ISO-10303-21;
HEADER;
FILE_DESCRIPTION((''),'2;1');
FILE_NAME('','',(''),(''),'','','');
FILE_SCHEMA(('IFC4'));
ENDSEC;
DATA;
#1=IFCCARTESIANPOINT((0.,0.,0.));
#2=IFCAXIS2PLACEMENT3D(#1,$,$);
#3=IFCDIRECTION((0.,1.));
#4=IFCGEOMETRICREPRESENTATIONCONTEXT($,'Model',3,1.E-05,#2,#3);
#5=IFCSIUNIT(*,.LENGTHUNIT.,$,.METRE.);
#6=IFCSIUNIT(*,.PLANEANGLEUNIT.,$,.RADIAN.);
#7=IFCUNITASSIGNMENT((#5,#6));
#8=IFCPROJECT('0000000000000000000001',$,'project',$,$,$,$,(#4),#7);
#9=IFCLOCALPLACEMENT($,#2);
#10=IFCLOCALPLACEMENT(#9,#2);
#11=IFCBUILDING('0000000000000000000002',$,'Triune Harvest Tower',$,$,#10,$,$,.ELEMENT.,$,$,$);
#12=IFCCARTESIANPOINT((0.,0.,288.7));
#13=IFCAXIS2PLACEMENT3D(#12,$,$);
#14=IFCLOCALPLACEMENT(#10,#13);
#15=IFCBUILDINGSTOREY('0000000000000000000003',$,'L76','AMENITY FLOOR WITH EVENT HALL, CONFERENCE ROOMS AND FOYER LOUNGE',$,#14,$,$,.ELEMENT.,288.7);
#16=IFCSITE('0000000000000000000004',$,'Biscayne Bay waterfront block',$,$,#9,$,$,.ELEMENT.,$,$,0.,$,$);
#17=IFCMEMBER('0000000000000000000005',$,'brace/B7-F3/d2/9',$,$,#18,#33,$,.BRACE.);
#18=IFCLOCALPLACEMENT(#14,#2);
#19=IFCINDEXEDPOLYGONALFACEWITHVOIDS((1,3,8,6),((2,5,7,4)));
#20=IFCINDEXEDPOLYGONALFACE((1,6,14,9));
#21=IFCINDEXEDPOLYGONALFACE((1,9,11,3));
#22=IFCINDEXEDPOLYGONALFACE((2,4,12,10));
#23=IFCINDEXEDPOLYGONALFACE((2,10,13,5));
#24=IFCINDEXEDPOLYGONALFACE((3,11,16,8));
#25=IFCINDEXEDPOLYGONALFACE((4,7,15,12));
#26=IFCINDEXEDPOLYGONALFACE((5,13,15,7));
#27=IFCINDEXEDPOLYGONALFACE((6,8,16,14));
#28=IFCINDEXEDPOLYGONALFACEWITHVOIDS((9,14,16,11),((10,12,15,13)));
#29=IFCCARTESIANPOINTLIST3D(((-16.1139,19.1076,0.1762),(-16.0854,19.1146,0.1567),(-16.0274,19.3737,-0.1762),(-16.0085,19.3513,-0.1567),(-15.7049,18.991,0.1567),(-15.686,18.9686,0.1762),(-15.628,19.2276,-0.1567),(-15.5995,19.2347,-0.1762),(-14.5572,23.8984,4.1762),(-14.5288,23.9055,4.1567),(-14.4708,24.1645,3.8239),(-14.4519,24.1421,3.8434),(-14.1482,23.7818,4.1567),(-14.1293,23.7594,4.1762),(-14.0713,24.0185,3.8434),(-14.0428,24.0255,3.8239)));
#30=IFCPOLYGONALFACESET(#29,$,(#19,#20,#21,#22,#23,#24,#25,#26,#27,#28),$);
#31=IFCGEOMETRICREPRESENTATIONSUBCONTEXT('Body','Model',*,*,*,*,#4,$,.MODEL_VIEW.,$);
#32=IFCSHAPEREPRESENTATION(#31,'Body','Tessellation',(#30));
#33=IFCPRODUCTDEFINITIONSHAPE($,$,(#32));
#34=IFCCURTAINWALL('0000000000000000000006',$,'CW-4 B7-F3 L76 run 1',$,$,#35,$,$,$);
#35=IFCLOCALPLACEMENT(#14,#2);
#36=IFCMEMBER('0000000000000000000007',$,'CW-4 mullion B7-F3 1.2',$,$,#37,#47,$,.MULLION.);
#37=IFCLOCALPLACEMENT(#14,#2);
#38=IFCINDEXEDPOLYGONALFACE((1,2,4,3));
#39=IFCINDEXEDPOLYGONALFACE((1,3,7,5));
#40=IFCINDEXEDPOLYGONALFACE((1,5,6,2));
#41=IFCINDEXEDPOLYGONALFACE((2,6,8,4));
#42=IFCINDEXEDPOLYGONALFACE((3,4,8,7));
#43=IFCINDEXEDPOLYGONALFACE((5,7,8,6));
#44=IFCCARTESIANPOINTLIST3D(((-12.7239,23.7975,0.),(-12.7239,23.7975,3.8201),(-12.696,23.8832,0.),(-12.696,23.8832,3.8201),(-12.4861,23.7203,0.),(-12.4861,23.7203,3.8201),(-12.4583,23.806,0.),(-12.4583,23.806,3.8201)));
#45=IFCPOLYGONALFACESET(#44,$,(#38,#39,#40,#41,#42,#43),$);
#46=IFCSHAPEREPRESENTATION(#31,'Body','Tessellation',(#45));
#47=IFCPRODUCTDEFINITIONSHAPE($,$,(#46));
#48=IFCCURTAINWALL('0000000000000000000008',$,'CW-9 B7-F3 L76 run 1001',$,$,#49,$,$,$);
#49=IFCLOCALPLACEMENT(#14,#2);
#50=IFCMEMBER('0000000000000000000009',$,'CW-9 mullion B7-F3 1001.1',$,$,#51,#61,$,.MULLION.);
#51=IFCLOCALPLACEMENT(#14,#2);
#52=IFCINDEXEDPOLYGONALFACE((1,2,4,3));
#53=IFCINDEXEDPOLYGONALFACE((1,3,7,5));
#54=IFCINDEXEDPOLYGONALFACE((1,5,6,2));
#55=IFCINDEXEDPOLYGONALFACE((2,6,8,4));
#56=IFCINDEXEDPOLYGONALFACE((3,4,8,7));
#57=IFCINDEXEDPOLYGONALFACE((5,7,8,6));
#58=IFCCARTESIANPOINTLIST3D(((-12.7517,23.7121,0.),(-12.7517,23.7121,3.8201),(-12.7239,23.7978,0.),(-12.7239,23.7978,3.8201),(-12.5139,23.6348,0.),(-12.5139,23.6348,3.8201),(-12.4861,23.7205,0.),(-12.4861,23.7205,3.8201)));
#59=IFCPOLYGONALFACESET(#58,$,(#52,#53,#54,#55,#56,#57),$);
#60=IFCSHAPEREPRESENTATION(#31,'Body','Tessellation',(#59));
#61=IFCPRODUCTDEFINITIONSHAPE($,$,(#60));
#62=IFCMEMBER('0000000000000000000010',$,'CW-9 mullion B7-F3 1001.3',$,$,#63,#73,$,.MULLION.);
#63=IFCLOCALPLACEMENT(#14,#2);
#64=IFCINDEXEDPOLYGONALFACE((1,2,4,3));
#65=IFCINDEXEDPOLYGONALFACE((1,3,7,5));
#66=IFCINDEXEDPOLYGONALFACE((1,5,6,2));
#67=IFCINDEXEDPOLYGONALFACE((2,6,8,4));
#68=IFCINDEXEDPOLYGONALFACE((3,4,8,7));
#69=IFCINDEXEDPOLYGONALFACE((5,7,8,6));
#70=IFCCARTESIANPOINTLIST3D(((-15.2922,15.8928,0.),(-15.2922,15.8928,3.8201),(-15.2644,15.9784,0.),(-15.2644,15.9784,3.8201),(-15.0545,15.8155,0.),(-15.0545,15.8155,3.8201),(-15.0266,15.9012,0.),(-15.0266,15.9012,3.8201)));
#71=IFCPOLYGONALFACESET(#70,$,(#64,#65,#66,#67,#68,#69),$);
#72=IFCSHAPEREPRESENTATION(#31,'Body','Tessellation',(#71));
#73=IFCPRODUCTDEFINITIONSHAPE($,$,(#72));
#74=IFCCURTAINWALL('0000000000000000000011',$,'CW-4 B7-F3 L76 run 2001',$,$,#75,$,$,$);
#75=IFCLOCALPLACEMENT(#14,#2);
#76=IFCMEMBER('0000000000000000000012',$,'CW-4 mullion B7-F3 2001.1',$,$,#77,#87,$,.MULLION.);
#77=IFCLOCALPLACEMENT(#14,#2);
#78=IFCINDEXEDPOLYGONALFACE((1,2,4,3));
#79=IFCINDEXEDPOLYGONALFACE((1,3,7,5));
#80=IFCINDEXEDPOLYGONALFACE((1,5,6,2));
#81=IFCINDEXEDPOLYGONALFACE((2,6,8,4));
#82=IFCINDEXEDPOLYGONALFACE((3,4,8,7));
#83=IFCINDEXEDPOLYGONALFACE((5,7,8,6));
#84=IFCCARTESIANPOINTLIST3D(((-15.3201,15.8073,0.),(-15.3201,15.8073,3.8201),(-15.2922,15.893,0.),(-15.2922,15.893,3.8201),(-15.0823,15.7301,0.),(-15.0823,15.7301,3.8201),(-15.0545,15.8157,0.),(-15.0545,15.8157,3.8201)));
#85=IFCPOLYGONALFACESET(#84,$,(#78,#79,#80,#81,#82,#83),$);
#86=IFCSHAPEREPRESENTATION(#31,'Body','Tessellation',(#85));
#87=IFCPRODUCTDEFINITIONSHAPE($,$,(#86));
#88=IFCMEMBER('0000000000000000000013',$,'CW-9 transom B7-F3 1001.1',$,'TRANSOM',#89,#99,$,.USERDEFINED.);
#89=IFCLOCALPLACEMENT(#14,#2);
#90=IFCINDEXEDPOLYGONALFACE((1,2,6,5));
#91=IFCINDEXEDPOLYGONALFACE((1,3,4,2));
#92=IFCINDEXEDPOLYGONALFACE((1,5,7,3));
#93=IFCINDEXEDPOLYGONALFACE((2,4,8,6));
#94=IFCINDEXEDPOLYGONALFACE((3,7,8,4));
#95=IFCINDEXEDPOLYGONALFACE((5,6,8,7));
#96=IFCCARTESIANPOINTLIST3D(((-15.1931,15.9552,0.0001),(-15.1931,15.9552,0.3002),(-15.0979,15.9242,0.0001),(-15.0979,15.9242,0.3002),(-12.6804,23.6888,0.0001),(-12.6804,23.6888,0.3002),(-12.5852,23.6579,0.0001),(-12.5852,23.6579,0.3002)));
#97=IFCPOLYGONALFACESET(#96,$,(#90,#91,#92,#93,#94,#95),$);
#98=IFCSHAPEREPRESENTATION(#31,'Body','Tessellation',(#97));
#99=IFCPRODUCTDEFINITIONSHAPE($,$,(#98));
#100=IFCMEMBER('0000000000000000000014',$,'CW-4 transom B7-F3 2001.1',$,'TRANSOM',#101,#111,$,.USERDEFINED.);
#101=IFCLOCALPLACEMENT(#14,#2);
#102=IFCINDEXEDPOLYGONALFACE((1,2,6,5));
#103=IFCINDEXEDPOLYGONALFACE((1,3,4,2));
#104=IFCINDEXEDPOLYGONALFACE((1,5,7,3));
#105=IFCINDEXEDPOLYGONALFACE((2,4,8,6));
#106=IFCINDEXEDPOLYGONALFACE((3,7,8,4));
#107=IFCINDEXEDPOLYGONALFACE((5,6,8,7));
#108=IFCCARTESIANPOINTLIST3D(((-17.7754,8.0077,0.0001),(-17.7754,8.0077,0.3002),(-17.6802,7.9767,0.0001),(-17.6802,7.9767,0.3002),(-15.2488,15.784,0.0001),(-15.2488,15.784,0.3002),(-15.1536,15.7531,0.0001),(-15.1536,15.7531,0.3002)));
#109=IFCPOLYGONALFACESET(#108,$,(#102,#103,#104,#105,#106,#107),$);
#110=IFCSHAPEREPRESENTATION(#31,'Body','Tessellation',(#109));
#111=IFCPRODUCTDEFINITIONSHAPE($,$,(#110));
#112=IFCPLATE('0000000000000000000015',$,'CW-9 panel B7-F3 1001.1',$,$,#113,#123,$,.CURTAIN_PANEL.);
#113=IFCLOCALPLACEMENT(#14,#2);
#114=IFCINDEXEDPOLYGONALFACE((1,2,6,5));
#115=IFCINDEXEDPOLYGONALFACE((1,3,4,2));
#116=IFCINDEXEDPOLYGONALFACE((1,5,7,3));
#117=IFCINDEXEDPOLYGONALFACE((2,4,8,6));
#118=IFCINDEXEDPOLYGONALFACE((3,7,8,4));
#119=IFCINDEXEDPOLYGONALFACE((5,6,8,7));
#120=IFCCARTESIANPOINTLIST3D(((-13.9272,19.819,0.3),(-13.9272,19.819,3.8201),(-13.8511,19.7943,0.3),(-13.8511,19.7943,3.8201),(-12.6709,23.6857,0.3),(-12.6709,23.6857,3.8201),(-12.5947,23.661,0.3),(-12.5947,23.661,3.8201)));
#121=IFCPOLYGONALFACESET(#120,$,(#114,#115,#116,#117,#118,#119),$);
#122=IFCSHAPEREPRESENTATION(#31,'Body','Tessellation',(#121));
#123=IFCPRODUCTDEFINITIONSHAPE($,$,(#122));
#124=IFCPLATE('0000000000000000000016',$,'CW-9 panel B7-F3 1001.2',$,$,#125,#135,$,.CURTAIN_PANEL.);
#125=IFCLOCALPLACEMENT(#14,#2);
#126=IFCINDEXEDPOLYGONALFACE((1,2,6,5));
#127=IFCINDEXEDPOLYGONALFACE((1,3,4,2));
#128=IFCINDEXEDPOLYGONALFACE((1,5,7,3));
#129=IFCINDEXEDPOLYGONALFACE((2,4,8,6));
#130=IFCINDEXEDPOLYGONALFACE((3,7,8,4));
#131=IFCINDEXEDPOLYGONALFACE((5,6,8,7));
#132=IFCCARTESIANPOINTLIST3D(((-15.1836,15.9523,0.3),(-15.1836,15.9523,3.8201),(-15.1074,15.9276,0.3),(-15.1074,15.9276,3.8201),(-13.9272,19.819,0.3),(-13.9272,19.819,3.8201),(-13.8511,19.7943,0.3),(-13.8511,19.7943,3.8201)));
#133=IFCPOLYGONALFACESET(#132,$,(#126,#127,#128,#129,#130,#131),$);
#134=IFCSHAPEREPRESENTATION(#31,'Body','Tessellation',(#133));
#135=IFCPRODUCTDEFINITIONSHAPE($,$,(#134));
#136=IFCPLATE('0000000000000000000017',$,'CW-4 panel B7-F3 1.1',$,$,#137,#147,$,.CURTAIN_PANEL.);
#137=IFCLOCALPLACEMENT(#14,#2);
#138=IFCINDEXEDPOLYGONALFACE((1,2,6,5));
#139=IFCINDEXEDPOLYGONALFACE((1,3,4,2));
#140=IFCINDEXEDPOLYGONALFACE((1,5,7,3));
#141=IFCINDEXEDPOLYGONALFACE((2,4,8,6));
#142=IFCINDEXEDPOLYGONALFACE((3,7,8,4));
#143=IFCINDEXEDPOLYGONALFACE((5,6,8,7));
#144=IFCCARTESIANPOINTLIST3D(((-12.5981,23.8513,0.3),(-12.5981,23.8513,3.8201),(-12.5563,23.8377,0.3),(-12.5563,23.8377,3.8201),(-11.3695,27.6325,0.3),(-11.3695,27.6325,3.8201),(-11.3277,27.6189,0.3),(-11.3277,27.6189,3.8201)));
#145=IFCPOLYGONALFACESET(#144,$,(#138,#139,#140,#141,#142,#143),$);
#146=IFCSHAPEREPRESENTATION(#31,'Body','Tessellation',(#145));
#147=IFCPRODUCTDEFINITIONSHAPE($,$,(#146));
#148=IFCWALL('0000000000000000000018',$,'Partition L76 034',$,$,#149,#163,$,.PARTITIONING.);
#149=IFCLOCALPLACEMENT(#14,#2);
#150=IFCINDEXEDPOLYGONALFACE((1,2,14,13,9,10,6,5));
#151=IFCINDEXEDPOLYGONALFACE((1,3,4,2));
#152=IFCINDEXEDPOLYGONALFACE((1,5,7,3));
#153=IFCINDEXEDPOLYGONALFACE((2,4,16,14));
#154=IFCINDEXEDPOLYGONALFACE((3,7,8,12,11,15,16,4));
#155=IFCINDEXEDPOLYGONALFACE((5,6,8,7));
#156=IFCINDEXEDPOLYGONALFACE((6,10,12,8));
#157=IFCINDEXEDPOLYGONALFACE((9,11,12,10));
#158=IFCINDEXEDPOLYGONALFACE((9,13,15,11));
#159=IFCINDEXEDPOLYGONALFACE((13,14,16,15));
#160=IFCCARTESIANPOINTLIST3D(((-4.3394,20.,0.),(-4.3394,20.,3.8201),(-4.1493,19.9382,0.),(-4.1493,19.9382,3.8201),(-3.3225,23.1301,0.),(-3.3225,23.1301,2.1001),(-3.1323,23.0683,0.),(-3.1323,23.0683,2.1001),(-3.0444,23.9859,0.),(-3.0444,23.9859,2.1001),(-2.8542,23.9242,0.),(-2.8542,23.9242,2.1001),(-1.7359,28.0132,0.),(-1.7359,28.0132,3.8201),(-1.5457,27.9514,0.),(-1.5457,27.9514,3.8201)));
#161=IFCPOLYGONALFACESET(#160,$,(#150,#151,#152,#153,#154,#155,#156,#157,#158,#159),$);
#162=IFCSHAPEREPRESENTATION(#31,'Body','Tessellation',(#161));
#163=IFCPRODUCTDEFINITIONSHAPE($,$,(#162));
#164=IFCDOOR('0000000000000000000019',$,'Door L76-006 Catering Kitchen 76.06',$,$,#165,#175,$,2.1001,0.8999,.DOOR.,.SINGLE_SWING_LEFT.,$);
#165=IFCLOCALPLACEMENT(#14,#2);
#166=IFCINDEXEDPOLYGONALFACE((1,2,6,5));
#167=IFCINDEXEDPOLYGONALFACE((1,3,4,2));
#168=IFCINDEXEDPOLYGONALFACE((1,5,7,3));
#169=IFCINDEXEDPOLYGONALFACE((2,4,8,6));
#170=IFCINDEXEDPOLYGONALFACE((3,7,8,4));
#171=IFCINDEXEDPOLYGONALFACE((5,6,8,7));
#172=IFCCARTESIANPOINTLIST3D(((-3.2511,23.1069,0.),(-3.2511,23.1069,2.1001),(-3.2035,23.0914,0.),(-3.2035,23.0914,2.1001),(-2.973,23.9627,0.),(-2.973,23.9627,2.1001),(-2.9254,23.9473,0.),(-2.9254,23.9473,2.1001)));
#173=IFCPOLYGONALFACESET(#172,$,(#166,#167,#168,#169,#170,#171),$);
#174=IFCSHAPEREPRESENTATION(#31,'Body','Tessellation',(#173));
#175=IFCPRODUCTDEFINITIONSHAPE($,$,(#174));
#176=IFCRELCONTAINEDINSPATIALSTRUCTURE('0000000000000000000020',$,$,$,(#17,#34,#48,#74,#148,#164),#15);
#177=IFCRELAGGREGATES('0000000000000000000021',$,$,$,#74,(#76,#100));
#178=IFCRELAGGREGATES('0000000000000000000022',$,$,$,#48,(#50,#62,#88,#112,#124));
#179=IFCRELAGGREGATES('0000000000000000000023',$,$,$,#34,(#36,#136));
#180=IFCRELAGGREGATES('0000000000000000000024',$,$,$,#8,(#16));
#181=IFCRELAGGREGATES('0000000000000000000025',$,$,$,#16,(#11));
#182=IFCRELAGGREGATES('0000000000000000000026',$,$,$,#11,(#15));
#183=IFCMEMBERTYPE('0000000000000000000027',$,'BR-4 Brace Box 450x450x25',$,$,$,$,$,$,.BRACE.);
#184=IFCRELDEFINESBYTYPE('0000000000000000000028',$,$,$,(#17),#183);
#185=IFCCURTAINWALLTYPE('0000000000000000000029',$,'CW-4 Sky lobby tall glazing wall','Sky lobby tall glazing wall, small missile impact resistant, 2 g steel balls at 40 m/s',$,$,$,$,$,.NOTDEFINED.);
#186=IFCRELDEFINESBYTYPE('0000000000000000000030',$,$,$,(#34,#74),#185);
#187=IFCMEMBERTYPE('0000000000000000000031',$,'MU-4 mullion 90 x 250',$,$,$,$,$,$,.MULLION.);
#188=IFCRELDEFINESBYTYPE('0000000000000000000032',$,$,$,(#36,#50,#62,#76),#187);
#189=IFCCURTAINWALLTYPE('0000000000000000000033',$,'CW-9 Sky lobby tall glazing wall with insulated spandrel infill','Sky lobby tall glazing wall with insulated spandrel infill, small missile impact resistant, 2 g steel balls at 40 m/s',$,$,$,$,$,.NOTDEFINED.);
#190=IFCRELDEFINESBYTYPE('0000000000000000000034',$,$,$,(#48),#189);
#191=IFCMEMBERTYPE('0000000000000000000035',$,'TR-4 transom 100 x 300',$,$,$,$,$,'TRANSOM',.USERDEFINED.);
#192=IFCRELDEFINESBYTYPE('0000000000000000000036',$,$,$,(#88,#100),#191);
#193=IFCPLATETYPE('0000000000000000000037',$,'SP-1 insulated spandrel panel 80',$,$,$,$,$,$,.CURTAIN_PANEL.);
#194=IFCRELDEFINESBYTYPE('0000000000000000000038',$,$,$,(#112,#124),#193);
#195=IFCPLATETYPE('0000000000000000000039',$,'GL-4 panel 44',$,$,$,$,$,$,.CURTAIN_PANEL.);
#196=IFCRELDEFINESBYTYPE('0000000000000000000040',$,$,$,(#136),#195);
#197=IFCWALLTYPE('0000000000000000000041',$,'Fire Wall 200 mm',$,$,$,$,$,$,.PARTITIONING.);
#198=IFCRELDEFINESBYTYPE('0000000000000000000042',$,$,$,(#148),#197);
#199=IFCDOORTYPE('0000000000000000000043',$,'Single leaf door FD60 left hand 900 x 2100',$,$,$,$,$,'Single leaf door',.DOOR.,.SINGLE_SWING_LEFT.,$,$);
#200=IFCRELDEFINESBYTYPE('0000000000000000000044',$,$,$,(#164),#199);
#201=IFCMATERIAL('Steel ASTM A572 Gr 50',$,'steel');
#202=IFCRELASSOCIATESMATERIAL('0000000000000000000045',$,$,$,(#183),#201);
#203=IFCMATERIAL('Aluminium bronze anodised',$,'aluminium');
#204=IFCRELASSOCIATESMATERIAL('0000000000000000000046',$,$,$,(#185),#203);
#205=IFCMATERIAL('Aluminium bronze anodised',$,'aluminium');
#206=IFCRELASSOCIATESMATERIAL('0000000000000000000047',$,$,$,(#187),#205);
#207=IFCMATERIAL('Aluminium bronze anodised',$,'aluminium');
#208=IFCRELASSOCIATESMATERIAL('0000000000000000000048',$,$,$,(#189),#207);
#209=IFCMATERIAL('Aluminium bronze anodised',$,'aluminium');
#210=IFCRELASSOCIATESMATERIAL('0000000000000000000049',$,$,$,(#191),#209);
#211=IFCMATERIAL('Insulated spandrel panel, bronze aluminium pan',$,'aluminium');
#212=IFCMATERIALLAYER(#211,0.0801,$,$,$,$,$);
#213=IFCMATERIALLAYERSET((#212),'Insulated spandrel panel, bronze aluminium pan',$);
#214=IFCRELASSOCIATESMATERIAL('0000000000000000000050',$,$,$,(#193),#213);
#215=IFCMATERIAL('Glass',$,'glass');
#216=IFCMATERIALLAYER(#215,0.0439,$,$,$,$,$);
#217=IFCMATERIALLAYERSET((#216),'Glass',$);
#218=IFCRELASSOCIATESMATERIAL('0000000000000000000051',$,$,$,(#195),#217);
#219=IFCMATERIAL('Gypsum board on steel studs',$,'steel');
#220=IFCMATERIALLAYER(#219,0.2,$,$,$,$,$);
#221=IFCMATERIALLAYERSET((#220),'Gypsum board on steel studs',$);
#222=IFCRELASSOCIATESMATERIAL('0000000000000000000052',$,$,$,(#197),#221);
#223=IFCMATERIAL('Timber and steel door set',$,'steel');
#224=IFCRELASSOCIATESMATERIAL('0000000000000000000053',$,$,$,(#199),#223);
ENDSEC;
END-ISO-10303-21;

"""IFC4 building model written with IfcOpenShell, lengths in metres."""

from ifc_helpers import new_model, si_unit, direction, frame, frame_2d, origin, origin_2d, place, context, subcontext, project, spatial, rectangle, hollow_rectangle, extrude, source, transform, mapped, material, layer, layer_set, material_profile, profile_set, type_object, element, fill, aggregate, save


model = new_model("IFC4")

# Units and contexts
model_context = context("Model", 3, precision=1e-05, world=origin(), true_north=direction((0.0, 1.0)))
body_context = subcontext(model_context, "Body", "Model", "MODEL_VIEW")
ifc_project = project(units=[si_unit("LENGTHUNIT", "METRE"), si_unit("PLANEANGLEUNIT", "RADIAN")], contexts=[model_context])

# Site, building, storey
site_placement = place(None, origin())
site = spatial("IfcSite", under=ifc_project, at=site_placement, Name="Biscayne Bay waterfront block", CompositionType="ELEMENT", RefElevation=0.0)
building_placement = place(site_placement, origin())
building = spatial("IfcBuilding", under=site, at=building_placement, Name="Triune Harvest Tower", CompositionType="ELEMENT")
storey_placement = place(building_placement, frame((0.0, 0.0, 288.7)))
storey = spatial("IfcBuildingStorey", under=building, at=storey_placement, Name="L76", Description="AMENITY FLOOR WITH EVENT HALL, CONFERENCE ROOMS AND FOYER LOUNGE", CompositionType="ELEMENT", Elevation=288.7)

# Member
ifc_material_1 = material(Name="Steel ASTM A572 Gr 50", Category="steel")
ifc_material_profile_1 = material_profile(ifc_material_1, hollow_rectangle(XDim=0.45, YDim=0.45, WallThickness=0.0249, at=origin_2d()), Name="Box 450x450x25")
ifc_profile_set_1 = profile_set([ifc_material_profile_1], Name="Steel ASTM A572 Gr 50")
member_type_1 = type_object("IfcMemberType", Name="BR-4 Brace Box 450x450x25", PredefinedType="BRACE", material=ifc_profile_set_1)
shared_shape_1 = source(origin(), body_context, "Body", "SweptSolid", [
    extrude(hollow_rectangle(XDim=0.45, YDim=0.45, WallThickness=0.0249, at=origin_2d()), origin(), (0.0, 0.0, 1.0), 6.4324),
])
member_1_placement = place(storey_placement, frame((-15.8567, 19.1711, 0.0), z_axis=(0.242003, 0.744798, 0.621861), x_axis=(-0.951055, 0.309021, 0.0)))
element("IfcMember", 1, at=member_1_placement, inside=storey, type_object=member_type_1, Name="brace/B7-F3/d2/9", PredefinedType="BRACE", context=body_context, shape_type="MappedRepresentation", body=[
    mapped(shared_shape_1, transform((0.0, 0.0, 0.0), scale=1.0)),
])

# Curtain wall, member
ifc_material_2 = material(Name="Aluminium bronze anodised", Category="aluminium")
curtain_wall_type_1 = type_object("IfcCurtainWallType", Name="CW-4 Sky lobby tall glazing wall", Description="Sky lobby tall glazing wall, small missile impact resistant, 2 g steel balls at 40 m/s", PredefinedType="NOTDEFINED", material=ifc_material_2)
curtain_wall_1_placement = place(storey_placement, origin())
curtain_wall_1 = element("IfcCurtainWall", 2, at=curtain_wall_1_placement, inside=storey, type_object=curtain_wall_type_1, Name="CW-4 B7-F3 L76 run 1")
ifc_material_3 = material(Name="Aluminium bronze anodised", Category="aluminium")
ifc_material_profile_2 = material_profile(ifc_material_3, rectangle(XDim=0.25, YDim=0.0901, at=origin_2d()), Name="MU-4 mullion 90 x 250")
ifc_profile_set_2 = profile_set([ifc_material_profile_2], Name="Aluminium bronze anodised")
member_type_2 = type_object("IfcMemberType", Name="MU-4 mullion 90 x 250", PredefinedType="MULLION", material=ifc_profile_set_2)
shared_shape_2 = source(origin(), body_context, "Body", "SweptSolid", [
    extrude(rectangle(XDim=0.25, YDim=0.0901, at=origin_2d()), origin(), (0.0, 0.0, 1.0), 3.8201),
])
member_2_placement = place(storey_placement, frame((-12.5911, 23.8018, 0.0), z_axis=(0.0, 0.0, 1.0), x_axis=(0.951058, -0.309011, 0.0)))
member_2 = element("IfcMember", 3, at=member_2_placement, type_object=member_type_2, Name="CW-4 mullion B7-F3 1.2", PredefinedType="MULLION", context=body_context, shape_type="MappedRepresentation", body=[
    mapped(shared_shape_2, transform((0.0, 0.0, 0.0), scale=1.0)),
])

# Curtain wall, members
ifc_material_4 = material(Name="Aluminium bronze anodised", Category="aluminium")
curtain_wall_type_2 = type_object("IfcCurtainWallType", Name="CW-9 Sky lobby tall glazing wall with insulated spandrel infill", Description="Sky lobby tall glazing wall with insulated spandrel infill, small missile impact resistant, 2 g steel balls at 40 m/s", PredefinedType="NOTDEFINED", material=ifc_material_4)
curtain_wall_2_placement = place(storey_placement, origin())
curtain_wall_2 = element("IfcCurtainWall", 4, at=curtain_wall_2_placement, inside=storey, type_object=curtain_wall_type_2, Name="CW-9 B7-F3 L76 run 1001")
member_3_placement = place(storey_placement, frame((-12.6189, 23.7163, 0.0), z_axis=(0.0, 0.0, 1.0), x_axis=(0.951057, -0.309014, 0.0)))
member_3 = element("IfcMember", 5, at=member_3_placement, type_object=member_type_2, Name="CW-9 mullion B7-F3 1001.1", PredefinedType="MULLION", context=body_context, shape_type="MappedRepresentation", body=[
    mapped(shared_shape_2, transform((0.0, 0.0, 0.0), scale=1.0)),
])
member_4_placement = place(storey_placement, frame((-15.1594, 15.897, 0.0), z_axis=(0.0, 0.0, 1.0), x_axis=(0.951057, -0.309014, 0.0)))
member_4 = element("IfcMember", 6, at=member_4_placement, type_object=member_type_2, Name="CW-9 mullion B7-F3 1001.3", PredefinedType="MULLION", context=body_context, shape_type="MappedRepresentation", body=[
    mapped(shared_shape_2, transform((0.0, 0.0, 0.0), scale=1.0)),
])

# Curtain wall, member
curtain_wall_3_placement = place(storey_placement, origin())
curtain_wall_3 = element("IfcCurtainWall", 7, at=curtain_wall_3_placement, inside=storey, type_object=curtain_wall_type_1, Name="CW-4 B7-F3 L76 run 2001")
member_5_placement = place(storey_placement, frame((-15.1873, 15.8115, 0.0), z_axis=(0.0, 0.0, 1.0), x_axis=(0.951056, -0.30902, 0.0)))
member_5 = element("IfcMember", 8, at=member_5_placement, type_object=member_type_2, Name="CW-4 mullion B7-F3 2001.1", PredefinedType="MULLION", context=body_context, shape_type="MappedRepresentation", body=[
    mapped(shared_shape_2, transform((0.0, 0.0, 0.0), scale=1.0)),
])

# Members
ifc_material_5 = material(Name="Aluminium bronze anodised", Category="aluminium")
ifc_material_profile_3 = material_profile(ifc_material_5, rectangle(XDim=0.1001, YDim=0.3, at=origin_2d()), Name="TR-4 transom 100 x 300")
ifc_profile_set_3 = profile_set([ifc_material_profile_3], Name="Aluminium bronze anodised")
member_type_3 = type_object("IfcMemberType", Name="TR-4 transom 100 x 300", ElementType="TRANSOM", PredefinedType="USERDEFINED", material=ifc_profile_set_3)
shared_shape_3 = source(origin(), body_context, "Body", "SweptSolid", [
    extrude(rectangle(XDim=0.1001, YDim=0.3, at=origin_2d()), origin(), (0.0, 0.0, 1.0), 8.1316),
])
member_6_placement = place(storey_placement, frame((-12.6328, 23.6733, 0.1501), z_axis=(-0.309004, -0.951061, 0.0), x_axis=(0.951061, -0.309004, 0.0)))
member_6 = element("IfcMember", 9, at=member_6_placement, type_object=member_type_3, Name="CW-9 transom B7-F3 1001.1", ObjectType="TRANSOM", PredefinedType="USERDEFINED", context=body_context, shape_type="MappedRepresentation", body=[
    mapped(shared_shape_3, transform((0.0, 0.0, 0.0), scale=1.0)),
])
shared_shape_4 = source(origin(), body_context, "Body", "SweptSolid", [
    extrude(rectangle(XDim=0.1001, YDim=0.3, at=origin_2d()), origin(), (0.0, 0.0, 1.0), 8.1765),
])
member_7_placement = place(storey_placement, frame((-15.2012, 15.7686, 0.1501), z_axis=(-0.309008, -0.95106, 0.0), x_axis=(0.95106, -0.309008, 0.0)))
member_7 = element("IfcMember", 10, at=member_7_placement, type_object=member_type_3, Name="CW-4 transom B7-F3 2001.1", ObjectType="TRANSOM", PredefinedType="USERDEFINED", context=body_context, shape_type="MappedRepresentation", body=[
    mapped(shared_shape_4, transform((0.0, 0.0, 0.0), scale=1.0)),
])
aggregate(curtain_wall_3, [member_5, member_7])

# Plates
ifc_material_6 = material(Name="Insulated spandrel panel, bronze aluminium pan", Category="aluminium")
ifc_layer_1 = layer(ifc_material_6, 0.0801)
ifc_layer_set_1 = layer_set([ifc_layer_1], Name="Insulated spandrel panel, bronze aluminium pan")
plate_type_1 = type_object("IfcPlateType", Name="SP-1 insulated spandrel panel 80", PredefinedType="CURTAIN_PANEL", material=ifc_layer_set_1)
shared_shape_5 = source(origin(), body_context, "Body", "SweptSolid", [
    extrude(rectangle(XDim=4.0657, YDim=0.0801, at=origin_2d()), origin(), (0.0, 0.0, 1.0), 3.52),
])
plate_1_placement = place(storey_placement, frame((-13.261, 21.74, 0.3), z_axis=(0.0, 0.0, 1.0), x_axis=(-0.309014, -0.951057, 0.0)))
plate_1 = element("IfcPlate", 11, at=plate_1_placement, type_object=plate_type_1, Name="CW-9 panel B7-F3 1001.1", PredefinedType="CURTAIN_PANEL", context=body_context, shape_type="MappedRepresentation", body=[
    mapped(shared_shape_5, transform((0.0, 0.0, 0.0), scale=1.0)),
])
plate_2_placement = place(storey_placement, frame((-14.5173, 17.8733, 0.3), z_axis=(0.0, 0.0, 1.0), x_axis=(-0.309014, -0.951057, 0.0)))
plate_2 = element("IfcPlate", 12, at=plate_2_placement, type_object=plate_type_1, Name="CW-9 panel B7-F3 1001.2", PredefinedType="CURTAIN_PANEL", context=body_context, shape_type="MappedRepresentation", body=[
    mapped(shared_shape_5, transform((0.0, 0.0, 0.0), scale=1.0)),
])
aggregate(curtain_wall_2, [member_3, member_4, member_6, plate_1, plate_2])
ifc_material_7 = material(Name="Glass", Category="glass")
ifc_layer_2 = layer(ifc_material_7, 0.0439)
ifc_layer_set_2 = layer_set([ifc_layer_2], Name="Glass")
plate_type_2 = type_object("IfcPlateType", Name="GL-4 panel 44", PredefinedType="CURTAIN_PANEL", material=ifc_layer_set_2)
shared_shape_6 = source(origin(), body_context, "Body", "SweptSolid", [
    extrude(rectangle(XDim=3.9758, YDim=0.0439, at=origin_2d()), origin(), (0.0, 0.0, 1.0), 3.52),
])
plate_3_placement = place(storey_placement, frame((-11.9629, 25.7351, 0.3), z_axis=(0.0, 0.0, 1.0), x_axis=(-0.309011, -0.951058, 0.0)))
plate_3 = element("IfcPlate", 13, at=plate_3_placement, type_object=plate_type_2, Name="CW-4 panel B7-F3 1.1", PredefinedType="CURTAIN_PANEL", context=body_context, shape_type="MappedRepresentation", body=[
    mapped(shared_shape_6, transform((0.0, 0.0, 0.0), scale=1.0)),
])
aggregate(curtain_wall_1, [member_2, plate_3])

# Wall, opening, door
ifc_material_8 = material(Name="Gypsum board on steel studs", Category="steel")
ifc_layer_3 = layer(ifc_material_8, 0.2)
ifc_layer_set_3 = layer_set([ifc_layer_3], Name="Gypsum board on steel studs")
wall_type_1 = type_object("IfcWallType", Name="Fire Wall 200 mm", PredefinedType="PARTITIONING", material=ifc_layer_set_3)
wall_1_placement = place(storey_placement, frame((-4.2444, 19.969, 0.0), z_axis=(0.0, 0.0, 1.0), x_axis=(0.309004, 0.951061, 0.0)))
wall_1 = element("IfcWall", 14, at=wall_1_placement, inside=storey, type_object=wall_type_1, Name="Partition L76 034", PredefinedType="PARTITIONING", context=body_context, shape_type="SweptSolid", body=[
    extrude(rectangle(XDim=8.4255, YDim=0.2, at=frame_2d((4.2129, 0.0))), origin(), (0.0, 0.0, 1.0), 3.8201),
])
opening_1_placement = place(wall_1_placement, frame((3.2913, 0.0, 0.0)))
opening_1 = element("IfcOpeningElement", 15, at=opening_1_placement, cuts=wall_1, PredefinedType="OPENING", context=body_context, shape_type="SweptSolid", body=[
    extrude(rectangle(XDim=0.8999, YDim=2.1001, at=frame_2d((0.45, 1.05))), frame((0.0, 0.1099, 0.0), z_axis=(0.0, -1.0, 0.0), x_axis=(1.0, 0.0, 0.0)), (0.0, 0.0, 1.0), 0.22),
])
ifc_material_9 = material(Name="Timber and steel door set", Category="steel")
door_type_1 = type_object("IfcDoorType", Name="Single leaf door FD60 left hand 900 x 2100", ElementType="Single leaf door", OperationType="SINGLE_SWING_LEFT", PredefinedType="DOOR", material=ifc_material_9)
door_1_placement = place(opening_1_placement, origin())
door_1 = element("IfcDoor", 16, at=door_1_placement, inside=storey, type_object=door_type_1, Name="Door L76-006 Catering Kitchen 76.06", OperationType="SINGLE_SWING_LEFT", OverallHeight=2.1001, OverallWidth=0.8999, PredefinedType="DOOR", context=body_context, shape_type="SweptSolid", body=[
    extrude(rectangle(XDim=0.8999, YDim=2.1001, at=frame_2d((0.45, 1.05))), frame((0.0, 0.0249, 0.0), z_axis=(0.0, -1.0, 0.0), x_axis=(1.0, 0.0, 0.0)), (0.0, 0.0, 1.0), 0.05),
])
fill(opening_1, door_1)

save(model, "model.ifc")
